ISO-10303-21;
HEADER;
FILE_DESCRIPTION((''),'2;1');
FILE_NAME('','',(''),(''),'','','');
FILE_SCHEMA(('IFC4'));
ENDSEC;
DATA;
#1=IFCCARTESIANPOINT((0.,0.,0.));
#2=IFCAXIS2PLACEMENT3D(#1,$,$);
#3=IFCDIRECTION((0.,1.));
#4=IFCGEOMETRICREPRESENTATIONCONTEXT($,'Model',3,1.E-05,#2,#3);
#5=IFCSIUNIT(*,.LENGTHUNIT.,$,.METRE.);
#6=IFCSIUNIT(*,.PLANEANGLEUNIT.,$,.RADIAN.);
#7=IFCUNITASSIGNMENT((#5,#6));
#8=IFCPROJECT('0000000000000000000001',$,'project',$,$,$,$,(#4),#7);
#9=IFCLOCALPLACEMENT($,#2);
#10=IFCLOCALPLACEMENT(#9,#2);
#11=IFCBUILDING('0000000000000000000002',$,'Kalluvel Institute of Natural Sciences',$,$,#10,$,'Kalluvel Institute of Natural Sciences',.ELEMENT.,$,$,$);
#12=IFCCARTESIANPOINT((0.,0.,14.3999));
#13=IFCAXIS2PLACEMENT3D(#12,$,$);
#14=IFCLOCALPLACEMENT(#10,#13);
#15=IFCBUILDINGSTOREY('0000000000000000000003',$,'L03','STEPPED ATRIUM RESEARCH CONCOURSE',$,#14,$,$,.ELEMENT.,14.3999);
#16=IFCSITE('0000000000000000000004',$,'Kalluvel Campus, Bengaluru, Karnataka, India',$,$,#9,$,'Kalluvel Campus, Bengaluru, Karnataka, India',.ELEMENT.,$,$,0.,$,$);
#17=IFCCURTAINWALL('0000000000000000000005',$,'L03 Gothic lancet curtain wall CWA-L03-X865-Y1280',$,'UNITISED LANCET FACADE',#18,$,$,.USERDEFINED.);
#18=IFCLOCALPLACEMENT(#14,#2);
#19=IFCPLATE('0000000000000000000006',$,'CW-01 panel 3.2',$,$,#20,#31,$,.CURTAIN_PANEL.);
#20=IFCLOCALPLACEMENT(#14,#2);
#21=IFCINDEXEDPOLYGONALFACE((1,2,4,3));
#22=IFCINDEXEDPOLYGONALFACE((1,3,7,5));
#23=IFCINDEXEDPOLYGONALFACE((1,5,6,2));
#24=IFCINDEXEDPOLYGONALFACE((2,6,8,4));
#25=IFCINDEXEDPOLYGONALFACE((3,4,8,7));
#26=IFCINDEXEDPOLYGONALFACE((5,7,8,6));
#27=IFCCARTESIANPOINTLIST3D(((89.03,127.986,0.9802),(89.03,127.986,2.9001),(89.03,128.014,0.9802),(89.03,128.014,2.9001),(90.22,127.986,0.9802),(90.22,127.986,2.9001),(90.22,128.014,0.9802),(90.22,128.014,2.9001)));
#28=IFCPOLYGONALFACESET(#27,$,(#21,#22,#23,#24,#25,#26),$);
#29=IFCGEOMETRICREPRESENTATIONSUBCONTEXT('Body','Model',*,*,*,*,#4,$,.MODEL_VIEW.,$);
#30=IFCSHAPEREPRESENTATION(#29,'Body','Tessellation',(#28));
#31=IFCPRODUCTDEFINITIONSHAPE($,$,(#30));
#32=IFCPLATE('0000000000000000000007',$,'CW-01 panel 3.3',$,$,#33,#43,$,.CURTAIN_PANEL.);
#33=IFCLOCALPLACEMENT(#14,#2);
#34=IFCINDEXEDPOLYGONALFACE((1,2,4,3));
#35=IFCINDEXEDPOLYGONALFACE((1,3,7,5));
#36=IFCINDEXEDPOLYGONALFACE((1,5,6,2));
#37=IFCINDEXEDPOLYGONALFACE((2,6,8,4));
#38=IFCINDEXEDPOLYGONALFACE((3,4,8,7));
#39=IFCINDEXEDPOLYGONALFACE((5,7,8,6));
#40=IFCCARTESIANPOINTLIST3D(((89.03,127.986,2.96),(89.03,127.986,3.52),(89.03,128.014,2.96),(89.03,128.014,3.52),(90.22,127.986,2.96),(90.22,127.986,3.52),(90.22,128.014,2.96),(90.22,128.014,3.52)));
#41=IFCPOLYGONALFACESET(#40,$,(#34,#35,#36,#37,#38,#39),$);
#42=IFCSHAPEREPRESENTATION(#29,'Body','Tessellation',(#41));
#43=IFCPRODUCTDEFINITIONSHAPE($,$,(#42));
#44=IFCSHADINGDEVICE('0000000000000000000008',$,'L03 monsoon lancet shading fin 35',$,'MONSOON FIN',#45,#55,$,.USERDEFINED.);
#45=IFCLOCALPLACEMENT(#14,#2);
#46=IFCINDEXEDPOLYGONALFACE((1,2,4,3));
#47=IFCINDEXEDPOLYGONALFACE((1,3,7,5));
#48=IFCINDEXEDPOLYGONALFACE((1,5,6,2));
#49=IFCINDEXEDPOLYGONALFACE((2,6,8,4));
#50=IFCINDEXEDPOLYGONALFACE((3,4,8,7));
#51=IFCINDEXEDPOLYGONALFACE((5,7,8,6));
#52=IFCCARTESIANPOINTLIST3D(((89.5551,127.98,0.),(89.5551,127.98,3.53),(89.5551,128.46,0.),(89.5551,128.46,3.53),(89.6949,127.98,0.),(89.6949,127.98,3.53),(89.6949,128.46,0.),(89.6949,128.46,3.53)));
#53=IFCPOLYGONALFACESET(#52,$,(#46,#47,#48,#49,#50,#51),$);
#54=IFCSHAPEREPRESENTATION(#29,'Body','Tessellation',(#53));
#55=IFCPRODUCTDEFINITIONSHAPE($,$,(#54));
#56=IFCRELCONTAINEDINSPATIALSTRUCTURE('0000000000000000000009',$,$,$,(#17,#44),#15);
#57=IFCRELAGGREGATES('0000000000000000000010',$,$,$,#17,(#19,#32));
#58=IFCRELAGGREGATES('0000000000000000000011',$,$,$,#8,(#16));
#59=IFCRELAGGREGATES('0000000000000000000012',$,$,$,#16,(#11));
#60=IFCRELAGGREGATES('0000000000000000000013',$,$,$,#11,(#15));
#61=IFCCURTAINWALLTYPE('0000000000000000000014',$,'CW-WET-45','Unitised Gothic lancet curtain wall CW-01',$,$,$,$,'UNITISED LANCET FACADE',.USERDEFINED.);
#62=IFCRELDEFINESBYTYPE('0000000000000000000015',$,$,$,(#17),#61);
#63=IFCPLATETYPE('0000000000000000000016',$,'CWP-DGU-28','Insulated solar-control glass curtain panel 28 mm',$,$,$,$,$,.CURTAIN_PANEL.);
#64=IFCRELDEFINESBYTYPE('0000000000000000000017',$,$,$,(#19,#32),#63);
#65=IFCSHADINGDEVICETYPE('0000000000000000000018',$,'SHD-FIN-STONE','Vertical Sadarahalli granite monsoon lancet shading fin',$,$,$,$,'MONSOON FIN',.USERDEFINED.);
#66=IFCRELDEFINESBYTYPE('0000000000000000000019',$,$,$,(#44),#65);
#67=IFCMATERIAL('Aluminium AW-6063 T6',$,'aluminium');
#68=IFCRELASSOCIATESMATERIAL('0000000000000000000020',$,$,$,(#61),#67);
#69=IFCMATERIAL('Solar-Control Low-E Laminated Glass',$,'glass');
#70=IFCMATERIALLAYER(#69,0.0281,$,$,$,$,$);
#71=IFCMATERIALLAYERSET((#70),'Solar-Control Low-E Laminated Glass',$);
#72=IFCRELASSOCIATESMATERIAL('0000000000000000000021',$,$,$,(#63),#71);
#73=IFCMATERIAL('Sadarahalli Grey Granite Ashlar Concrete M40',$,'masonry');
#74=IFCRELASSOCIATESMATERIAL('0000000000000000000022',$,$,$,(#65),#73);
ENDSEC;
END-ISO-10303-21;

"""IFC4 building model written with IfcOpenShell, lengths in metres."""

from ifc_helpers import new_model, si_unit, direction, frame, origin, origin_2d, place, context, subcontext, project, spatial, rectangle, extrude, material, layer, layer_set, type_object, element, aggregate, save


model = new_model("IFC4")

# Units and contexts
model_context = context("Model", 3, precision=1e-05, world=origin(), true_north=direction((0.0, 1.0)))
body_context = subcontext(model_context, "Body", "Model", "MODEL_VIEW")
ifc_project = project(units=[si_unit("LENGTHUNIT", "METRE"), si_unit("PLANEANGLEUNIT", "RADIAN")], contexts=[model_context])

# Site, building, storey
site_placement = place(None, origin())
site = spatial("IfcSite", under=ifc_project, at=site_placement, Name="Kalluvel Campus, Bengaluru, Karnataka, India", LongName="Kalluvel Campus, Bengaluru, Karnataka, India", CompositionType="ELEMENT", RefElevation=0.0)
building_placement = place(site_placement, origin())
building = spatial("IfcBuilding", under=site, at=building_placement, Name="Kalluvel Institute of Natural Sciences", LongName="Kalluvel Institute of Natural Sciences", CompositionType="ELEMENT")
storey_placement = place(building_placement, frame((0.0, 0.0, 14.3999)))
storey = spatial("IfcBuildingStorey", under=building, at=storey_placement, Name="L03", Description="STEPPED ATRIUM RESEARCH CONCOURSE", CompositionType="ELEMENT", Elevation=14.3999)

# Curtain wall, plates
ifc_material_1 = material(Name="Aluminium AW-6063 T6", Category="aluminium")
curtain_wall_type = type_object("IfcCurtainWallType", Name="CW-WET-45", Description="Unitised Gothic lancet curtain wall CW-01", ElementType="UNITISED LANCET FACADE", PredefinedType="USERDEFINED", material=ifc_material_1)
curtain_wall_placement = place(storey_placement, origin())
curtain_wall = element("IfcCurtainWall", 1, at=curtain_wall_placement, inside=storey, type_object=curtain_wall_type, Name="L03 Gothic lancet curtain wall CWA-L03-X865-Y1280", ObjectType="UNITISED LANCET FACADE", PredefinedType="USERDEFINED")
ifc_material_2 = material(Name="Solar-Control Low-E Laminated Glass", Category="glass")
ifc_layer = layer(ifc_material_2, 0.0281)
ifc_layer_set = layer_set([ifc_layer], Name="Solar-Control Low-E Laminated Glass")
plate_type = type_object("IfcPlateType", Name="CWP-DGU-28", Description="Insulated solar-control glass curtain panel 28 mm", PredefinedType="CURTAIN_PANEL", material=ifc_layer_set)
plate_1_placement = place(storey_placement, frame((89.625, 128.0, 0.9802), z_axis=(0.0, 0.0, 1.0), x_axis=(1.0, 0.0, 0.0)))
plate_1 = element("IfcPlate", 2, at=plate_1_placement, type_object=plate_type, Name="CW-01 panel 3.2", PredefinedType="CURTAIN_PANEL", context=body_context, shape_type="SweptSolid", body=[
    extrude(rectangle(XDim=1.1899, YDim=0.0281, at=origin_2d()), origin(), (0.0, 0.0, 1.0), 1.9199),
])
plate_2_placement = place(storey_placement, frame((89.625, 128.0, 2.96), z_axis=(0.0, 0.0, 1.0), x_axis=(1.0, 0.0, 0.0)))
plate_2 = element("IfcPlate", 3, at=plate_2_placement, type_object=plate_type, Name="CW-01 panel 3.3", PredefinedType="CURTAIN_PANEL", context=body_context, shape_type="SweptSolid", body=[
    extrude(rectangle(XDim=1.1899, YDim=0.0281, at=origin_2d()), origin(), (0.0, 0.0, 1.0), 0.5601),
])
aggregate(curtain_wall, [plate_1, plate_2])

# Shading device
ifc_material_3 = material(Name="Sadarahalli Grey Granite Ashlar Concrete M40", Category="masonry")
shading_device_type = type_object("IfcShadingDeviceType", Name="SHD-FIN-STONE", Description="Vertical Sadarahalli granite monsoon lancet shading fin", ElementType="MONSOON FIN", PredefinedType="USERDEFINED", material=ifc_material_3)
shading_device_placement = place(storey_placement, frame((89.625, 128.22, 0.0), z_axis=(0.0, 0.0, 1.0), x_axis=(1.0, 0.0, 0.0)))
element("IfcShadingDevice", 4, at=shading_device_placement, inside=storey, type_object=shading_device_type, Name="L03 monsoon lancet shading fin 35", ObjectType="MONSOON FIN", PredefinedType="USERDEFINED", context=body_context, shape_type="SweptSolid", body=[
    extrude(rectangle(XDim=0.1399, YDim=0.48, at=origin_2d()), origin(), (0.0, 0.0, 1.0), 3.53),
])

save(model, "model.ifc")
